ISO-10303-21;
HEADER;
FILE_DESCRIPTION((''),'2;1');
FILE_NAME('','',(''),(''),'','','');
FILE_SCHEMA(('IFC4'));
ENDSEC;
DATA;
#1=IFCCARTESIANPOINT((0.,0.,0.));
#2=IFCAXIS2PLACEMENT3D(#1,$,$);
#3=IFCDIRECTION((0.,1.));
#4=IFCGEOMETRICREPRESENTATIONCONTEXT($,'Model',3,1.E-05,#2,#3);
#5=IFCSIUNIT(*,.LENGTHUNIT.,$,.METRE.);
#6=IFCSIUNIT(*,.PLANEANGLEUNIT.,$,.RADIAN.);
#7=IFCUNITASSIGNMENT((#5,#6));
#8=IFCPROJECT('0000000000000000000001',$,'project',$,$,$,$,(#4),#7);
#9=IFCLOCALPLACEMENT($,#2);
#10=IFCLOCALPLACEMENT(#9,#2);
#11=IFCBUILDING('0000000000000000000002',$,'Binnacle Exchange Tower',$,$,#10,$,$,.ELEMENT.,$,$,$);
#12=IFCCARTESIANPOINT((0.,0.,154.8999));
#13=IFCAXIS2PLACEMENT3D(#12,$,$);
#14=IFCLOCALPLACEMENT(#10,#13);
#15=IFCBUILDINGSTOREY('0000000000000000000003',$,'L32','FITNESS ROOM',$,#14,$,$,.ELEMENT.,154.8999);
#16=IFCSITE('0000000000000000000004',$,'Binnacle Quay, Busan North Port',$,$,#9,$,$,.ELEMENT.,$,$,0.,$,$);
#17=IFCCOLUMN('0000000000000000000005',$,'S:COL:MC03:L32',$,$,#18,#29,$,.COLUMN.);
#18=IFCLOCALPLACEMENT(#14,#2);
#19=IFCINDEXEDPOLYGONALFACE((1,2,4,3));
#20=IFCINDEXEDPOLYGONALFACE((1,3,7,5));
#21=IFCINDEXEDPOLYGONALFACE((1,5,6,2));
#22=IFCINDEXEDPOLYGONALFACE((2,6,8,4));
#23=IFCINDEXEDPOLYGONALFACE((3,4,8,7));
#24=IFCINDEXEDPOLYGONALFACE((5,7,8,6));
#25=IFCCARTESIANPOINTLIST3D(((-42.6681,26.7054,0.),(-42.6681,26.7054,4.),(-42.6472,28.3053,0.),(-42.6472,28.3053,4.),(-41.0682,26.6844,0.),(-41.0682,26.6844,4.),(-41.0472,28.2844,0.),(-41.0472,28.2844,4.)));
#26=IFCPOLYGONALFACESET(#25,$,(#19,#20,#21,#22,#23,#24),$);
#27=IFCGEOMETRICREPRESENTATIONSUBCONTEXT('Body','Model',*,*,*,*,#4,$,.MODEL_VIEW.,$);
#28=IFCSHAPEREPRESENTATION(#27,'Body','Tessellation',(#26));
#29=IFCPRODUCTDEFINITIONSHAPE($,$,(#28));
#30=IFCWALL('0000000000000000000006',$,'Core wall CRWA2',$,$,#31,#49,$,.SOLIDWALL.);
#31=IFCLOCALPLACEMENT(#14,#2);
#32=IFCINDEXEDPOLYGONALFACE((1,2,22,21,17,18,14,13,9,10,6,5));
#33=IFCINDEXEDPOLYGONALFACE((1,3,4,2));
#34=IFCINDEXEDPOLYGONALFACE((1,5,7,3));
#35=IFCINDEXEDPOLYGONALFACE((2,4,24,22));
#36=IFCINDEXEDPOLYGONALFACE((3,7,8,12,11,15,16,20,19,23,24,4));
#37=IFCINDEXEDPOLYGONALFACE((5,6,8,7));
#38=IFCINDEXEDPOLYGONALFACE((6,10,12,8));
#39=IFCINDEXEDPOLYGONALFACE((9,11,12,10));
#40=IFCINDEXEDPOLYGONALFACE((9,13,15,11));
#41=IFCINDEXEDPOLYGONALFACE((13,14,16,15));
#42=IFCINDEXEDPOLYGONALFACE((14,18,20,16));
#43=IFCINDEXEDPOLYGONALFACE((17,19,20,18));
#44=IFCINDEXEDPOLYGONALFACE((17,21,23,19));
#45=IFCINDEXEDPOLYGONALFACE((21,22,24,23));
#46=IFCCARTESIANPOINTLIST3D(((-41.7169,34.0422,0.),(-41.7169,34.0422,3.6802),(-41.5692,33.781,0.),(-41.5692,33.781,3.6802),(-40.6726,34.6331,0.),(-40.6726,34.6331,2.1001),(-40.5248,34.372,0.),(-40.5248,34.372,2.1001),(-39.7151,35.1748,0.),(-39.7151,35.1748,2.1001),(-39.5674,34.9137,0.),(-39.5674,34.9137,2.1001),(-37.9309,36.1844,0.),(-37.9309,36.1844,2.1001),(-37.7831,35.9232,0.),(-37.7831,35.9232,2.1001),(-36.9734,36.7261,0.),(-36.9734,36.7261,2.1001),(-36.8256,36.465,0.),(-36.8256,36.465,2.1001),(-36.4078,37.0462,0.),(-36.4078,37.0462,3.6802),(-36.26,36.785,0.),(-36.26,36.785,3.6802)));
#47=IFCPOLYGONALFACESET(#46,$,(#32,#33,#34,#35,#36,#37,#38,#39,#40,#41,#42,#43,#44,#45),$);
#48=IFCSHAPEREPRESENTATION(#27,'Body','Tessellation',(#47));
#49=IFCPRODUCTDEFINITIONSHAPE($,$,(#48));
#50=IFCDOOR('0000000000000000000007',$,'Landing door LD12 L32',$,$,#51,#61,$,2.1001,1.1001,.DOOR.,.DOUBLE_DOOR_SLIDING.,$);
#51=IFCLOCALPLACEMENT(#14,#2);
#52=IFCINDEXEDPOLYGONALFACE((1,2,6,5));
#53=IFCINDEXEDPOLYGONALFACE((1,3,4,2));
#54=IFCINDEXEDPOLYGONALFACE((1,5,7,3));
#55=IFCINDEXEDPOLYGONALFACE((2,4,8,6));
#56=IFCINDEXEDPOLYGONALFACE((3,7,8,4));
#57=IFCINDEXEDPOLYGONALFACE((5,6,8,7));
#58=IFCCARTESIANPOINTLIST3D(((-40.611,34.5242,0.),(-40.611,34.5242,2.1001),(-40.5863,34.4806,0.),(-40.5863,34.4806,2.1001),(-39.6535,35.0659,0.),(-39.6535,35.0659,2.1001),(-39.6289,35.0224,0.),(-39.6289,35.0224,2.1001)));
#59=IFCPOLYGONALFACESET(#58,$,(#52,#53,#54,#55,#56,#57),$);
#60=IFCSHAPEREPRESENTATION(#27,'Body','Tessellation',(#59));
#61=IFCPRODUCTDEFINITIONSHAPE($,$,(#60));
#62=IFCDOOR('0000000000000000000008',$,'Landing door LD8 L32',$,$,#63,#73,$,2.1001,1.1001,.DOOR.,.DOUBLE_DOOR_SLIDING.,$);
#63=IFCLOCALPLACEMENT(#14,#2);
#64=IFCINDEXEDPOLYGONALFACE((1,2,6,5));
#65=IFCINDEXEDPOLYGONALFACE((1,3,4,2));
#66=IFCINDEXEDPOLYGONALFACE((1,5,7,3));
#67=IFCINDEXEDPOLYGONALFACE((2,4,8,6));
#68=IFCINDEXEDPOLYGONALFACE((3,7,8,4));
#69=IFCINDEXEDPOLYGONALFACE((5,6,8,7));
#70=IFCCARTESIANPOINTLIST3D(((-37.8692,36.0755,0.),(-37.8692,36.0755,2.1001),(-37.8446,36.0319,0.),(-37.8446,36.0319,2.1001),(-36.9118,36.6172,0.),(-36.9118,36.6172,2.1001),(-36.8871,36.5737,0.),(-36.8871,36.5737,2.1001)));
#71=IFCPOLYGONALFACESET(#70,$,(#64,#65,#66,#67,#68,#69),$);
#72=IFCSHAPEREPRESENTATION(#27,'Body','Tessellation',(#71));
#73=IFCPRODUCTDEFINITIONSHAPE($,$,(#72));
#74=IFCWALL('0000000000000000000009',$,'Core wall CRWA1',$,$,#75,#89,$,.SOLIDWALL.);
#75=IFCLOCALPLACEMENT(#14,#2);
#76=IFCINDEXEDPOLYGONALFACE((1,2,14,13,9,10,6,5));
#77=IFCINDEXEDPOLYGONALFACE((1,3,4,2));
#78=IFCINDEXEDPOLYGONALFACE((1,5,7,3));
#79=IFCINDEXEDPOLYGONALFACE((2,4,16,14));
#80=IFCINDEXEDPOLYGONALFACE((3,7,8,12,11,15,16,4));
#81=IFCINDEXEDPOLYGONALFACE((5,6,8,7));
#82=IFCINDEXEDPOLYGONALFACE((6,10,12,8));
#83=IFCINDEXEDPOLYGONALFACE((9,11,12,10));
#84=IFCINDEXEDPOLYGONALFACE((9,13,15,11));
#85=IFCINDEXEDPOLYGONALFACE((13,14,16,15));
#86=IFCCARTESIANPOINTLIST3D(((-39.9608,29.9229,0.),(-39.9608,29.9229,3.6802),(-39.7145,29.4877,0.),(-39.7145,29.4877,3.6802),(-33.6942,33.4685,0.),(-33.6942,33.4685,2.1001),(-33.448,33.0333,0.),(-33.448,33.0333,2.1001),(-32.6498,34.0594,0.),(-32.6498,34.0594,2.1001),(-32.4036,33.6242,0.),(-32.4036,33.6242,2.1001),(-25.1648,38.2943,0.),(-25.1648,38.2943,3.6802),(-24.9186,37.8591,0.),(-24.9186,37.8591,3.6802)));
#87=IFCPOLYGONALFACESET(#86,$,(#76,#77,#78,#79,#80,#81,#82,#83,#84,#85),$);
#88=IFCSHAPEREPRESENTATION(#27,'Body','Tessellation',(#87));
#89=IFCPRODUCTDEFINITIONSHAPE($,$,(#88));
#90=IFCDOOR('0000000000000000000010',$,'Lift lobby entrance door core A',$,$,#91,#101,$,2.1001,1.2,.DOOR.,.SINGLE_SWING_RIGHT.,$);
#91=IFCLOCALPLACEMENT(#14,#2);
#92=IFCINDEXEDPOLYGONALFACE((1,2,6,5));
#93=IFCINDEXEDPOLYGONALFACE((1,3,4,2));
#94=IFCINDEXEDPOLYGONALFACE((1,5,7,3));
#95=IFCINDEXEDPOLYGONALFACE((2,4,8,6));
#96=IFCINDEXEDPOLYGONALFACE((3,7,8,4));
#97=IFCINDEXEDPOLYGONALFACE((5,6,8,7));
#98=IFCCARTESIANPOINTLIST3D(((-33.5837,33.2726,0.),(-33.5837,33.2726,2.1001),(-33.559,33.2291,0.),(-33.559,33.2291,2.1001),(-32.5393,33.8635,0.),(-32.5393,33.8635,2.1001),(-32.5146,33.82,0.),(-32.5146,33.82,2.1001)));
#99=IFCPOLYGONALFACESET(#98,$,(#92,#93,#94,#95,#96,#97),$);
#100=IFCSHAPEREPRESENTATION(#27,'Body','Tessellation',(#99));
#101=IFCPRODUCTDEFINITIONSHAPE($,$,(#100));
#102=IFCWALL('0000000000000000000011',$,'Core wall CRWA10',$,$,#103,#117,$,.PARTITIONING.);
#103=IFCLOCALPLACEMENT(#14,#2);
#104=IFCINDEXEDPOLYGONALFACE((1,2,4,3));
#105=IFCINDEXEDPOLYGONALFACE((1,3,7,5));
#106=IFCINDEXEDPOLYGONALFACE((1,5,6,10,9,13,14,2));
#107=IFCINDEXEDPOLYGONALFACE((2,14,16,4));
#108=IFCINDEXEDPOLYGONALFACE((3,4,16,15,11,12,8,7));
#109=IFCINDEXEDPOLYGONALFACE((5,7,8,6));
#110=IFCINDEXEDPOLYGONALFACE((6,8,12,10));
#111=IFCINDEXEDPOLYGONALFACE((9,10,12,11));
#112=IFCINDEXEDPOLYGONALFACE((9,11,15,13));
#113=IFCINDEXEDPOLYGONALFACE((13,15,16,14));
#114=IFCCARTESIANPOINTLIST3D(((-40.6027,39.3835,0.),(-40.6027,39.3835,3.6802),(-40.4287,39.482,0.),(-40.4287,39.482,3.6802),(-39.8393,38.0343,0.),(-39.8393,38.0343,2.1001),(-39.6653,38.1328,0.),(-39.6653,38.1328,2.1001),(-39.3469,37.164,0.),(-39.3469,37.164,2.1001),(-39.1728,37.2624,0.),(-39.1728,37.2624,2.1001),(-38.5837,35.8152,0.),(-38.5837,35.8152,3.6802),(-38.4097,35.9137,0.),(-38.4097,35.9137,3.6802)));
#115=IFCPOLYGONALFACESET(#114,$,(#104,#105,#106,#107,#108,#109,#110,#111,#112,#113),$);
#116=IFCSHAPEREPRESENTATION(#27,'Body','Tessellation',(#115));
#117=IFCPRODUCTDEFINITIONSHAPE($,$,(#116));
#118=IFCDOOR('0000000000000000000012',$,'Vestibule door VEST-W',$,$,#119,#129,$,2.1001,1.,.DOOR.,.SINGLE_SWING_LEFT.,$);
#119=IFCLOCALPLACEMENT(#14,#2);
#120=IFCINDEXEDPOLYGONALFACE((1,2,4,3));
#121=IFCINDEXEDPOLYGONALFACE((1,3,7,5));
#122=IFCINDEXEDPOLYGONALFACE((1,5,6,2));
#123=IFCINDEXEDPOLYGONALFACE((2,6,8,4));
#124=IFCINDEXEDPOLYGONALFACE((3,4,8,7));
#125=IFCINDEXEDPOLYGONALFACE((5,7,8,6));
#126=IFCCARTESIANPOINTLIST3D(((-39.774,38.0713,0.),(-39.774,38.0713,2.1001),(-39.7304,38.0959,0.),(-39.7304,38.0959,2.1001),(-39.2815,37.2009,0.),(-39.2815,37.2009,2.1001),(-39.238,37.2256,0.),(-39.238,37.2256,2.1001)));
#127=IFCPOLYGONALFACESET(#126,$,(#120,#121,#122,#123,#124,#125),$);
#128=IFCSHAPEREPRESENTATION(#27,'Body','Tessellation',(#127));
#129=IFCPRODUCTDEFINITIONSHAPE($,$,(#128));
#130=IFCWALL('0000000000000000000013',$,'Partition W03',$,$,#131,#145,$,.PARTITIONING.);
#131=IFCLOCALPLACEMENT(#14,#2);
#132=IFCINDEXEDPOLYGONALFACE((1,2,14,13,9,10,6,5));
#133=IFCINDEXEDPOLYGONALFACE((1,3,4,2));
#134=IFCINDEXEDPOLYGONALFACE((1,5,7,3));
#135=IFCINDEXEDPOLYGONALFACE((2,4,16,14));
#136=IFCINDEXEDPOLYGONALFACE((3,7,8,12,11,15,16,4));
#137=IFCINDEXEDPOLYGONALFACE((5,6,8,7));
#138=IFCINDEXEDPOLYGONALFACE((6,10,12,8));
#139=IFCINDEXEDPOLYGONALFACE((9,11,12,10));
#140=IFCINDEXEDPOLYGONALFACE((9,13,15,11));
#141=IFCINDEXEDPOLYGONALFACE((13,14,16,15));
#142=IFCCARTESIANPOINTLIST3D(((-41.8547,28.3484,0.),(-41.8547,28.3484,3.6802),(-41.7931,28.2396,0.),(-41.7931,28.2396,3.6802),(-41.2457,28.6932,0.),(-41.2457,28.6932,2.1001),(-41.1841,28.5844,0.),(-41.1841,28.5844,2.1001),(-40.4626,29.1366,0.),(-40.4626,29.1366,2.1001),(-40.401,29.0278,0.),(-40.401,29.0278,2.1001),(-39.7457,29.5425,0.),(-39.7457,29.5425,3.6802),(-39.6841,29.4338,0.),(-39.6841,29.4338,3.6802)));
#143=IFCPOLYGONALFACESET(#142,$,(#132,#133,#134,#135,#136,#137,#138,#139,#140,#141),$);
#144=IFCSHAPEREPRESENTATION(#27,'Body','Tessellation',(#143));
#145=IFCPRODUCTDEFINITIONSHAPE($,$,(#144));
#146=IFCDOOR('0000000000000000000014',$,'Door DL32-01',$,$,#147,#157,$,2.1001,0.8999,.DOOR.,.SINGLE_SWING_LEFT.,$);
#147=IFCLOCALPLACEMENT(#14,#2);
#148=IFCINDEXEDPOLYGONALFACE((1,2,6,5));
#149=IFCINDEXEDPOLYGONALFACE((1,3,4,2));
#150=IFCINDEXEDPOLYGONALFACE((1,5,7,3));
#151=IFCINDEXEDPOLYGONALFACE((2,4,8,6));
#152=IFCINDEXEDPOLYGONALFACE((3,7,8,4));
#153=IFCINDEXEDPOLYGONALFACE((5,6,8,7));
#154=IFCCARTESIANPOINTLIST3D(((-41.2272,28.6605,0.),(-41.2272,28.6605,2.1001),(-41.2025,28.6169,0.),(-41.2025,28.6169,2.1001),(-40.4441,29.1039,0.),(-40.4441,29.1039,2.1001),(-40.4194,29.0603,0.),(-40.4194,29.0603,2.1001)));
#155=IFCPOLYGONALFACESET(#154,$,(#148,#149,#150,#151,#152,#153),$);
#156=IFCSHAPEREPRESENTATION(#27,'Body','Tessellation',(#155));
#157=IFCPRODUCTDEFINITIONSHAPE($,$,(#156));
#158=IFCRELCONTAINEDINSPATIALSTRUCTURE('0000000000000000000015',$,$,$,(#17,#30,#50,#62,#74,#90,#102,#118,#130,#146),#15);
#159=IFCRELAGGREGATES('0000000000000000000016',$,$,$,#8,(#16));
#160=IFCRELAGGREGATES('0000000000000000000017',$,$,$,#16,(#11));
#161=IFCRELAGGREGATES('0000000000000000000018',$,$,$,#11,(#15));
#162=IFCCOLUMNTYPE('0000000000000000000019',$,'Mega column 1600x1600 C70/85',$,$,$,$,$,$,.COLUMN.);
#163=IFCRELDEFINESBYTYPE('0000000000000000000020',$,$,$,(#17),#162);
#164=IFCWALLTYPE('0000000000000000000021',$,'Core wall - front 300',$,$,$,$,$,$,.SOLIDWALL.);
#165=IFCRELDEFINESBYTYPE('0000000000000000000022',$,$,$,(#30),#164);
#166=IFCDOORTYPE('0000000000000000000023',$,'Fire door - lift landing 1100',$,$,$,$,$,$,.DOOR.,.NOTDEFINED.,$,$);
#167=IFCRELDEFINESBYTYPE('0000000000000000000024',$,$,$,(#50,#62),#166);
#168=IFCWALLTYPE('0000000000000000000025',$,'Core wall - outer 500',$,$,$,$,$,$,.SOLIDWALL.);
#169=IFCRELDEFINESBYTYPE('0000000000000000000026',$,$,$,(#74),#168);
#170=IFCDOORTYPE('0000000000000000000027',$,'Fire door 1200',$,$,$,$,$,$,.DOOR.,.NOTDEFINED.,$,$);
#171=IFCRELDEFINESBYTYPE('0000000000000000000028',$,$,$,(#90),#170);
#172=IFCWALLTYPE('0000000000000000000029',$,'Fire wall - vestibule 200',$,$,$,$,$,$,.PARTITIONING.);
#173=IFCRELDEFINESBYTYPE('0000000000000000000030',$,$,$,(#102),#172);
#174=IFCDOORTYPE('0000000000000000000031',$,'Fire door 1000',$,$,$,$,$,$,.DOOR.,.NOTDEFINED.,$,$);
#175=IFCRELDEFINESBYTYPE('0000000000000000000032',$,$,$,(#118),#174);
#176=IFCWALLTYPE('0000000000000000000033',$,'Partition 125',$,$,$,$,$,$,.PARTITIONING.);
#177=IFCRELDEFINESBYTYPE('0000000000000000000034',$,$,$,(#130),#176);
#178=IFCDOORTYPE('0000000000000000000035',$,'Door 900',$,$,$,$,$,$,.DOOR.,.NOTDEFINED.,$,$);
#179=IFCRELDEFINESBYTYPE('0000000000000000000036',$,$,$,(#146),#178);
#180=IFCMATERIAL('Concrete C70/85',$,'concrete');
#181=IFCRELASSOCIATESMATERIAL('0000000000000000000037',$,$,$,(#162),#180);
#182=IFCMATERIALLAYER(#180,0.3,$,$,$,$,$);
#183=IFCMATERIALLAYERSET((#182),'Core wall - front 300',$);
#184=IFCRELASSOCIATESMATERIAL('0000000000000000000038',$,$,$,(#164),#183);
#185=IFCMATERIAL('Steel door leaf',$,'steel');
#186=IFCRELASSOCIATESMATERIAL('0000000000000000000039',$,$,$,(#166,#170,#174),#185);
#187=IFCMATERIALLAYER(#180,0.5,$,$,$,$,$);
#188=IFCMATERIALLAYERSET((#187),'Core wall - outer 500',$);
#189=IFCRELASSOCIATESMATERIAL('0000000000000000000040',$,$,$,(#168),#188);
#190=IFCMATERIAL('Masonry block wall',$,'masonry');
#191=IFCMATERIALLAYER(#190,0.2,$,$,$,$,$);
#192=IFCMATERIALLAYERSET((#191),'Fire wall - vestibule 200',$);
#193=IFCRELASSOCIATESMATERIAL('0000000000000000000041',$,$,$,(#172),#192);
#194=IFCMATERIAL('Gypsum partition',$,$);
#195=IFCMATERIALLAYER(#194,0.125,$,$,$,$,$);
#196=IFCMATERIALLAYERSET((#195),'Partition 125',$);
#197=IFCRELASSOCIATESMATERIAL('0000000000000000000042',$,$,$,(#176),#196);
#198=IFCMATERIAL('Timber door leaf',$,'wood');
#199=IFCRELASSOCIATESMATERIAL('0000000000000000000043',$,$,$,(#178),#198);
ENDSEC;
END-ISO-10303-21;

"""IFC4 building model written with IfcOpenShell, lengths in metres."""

from ifc_helpers import new_model, si_unit, direction, frame, frame_2d, origin, origin_2d, place, context, subcontext, project, spatial, rectangle, extrude, material, layer, layer_set, material_profile, profile_set, type_object, element, fill, save


model = new_model("IFC4")

# Units and contexts
model_context = context("Model", 3, precision=1e-05, world=origin(), true_north=direction((0.0, 1.0)))
body_context = subcontext(model_context, "Body", "Model", "MODEL_VIEW")
ifc_project = project(units=[si_unit("LENGTHUNIT", "METRE"), si_unit("PLANEANGLEUNIT", "RADIAN")], contexts=[model_context])

# Site, building, storey
site_placement = place(None, origin())
site = spatial("IfcSite", under=ifc_project, at=site_placement, Name="Binnacle Quay, Busan North Port", CompositionType="ELEMENT", RefElevation=0.0)
building_placement = place(site_placement, origin())
building = spatial("IfcBuilding", under=site, at=building_placement, Name="Binnacle Exchange Tower", CompositionType="ELEMENT")
storey_placement = place(building_placement, frame((0.0, 0.0, 154.8999)))
storey = spatial("IfcBuildingStorey", under=building, at=storey_placement, Name="L32", Description="FITNESS ROOM", CompositionType="ELEMENT", Elevation=154.8999)

# Column
ifc_material_1 = material(Name="Concrete C70/85", Category="concrete")
ifc_material_profile = material_profile(ifc_material_1, rectangle(XDim=1.6001, YDim=1.6001, at=origin_2d()), Name="Mega column 1600x1600 C70/85")
ifc_profile_set = profile_set([ifc_material_profile], Name="Concrete C70/85")
column_type = type_object("IfcColumnType", Name="Mega column 1600x1600 C70/85", PredefinedType="COLUMN", material=ifc_profile_set)
column_placement = place(storey_placement, frame((-41.8577, 27.4949, 0.0), z_axis=(0.0, 0.0, 1.0), x_axis=(0.999914, -0.01309, 0.0)))
element("IfcColumn", 1, at=column_placement, inside=storey, type_object=column_type, Name="S:COL:MC03:L32", PredefinedType="COLUMN", context=body_context, shape_type="SweptSolid", body=[
    extrude(rectangle(XDim=1.6001, YDim=1.6001, at=origin_2d()), origin(), (0.0, 0.0, 1.0), 4.0),
])

# Wall, openings, doors
ifc_layer_1 = layer(ifc_material_1, 0.3)
ifc_layer_set_1 = layer_set([ifc_layer_1], Name="Core wall - front 300")
wall_type_1 = type_object("IfcWallType", Name="Core wall - front 300", PredefinedType="SOLIDWALL", material=ifc_layer_set_1)
wall_1_placement = place(storey_placement, frame((-41.6431, 33.9116, 0.0), z_axis=(0.0, 0.0, 1.0), x_axis=(0.870344, 0.492445, 0.0)))
wall_1 = element("IfcWall", 2, at=wall_1_placement, inside=storey, type_object=wall_type_1, Name="Core wall CRWA2", PredefinedType="SOLIDWALL", context=body_context, shape_type="SweptSolid", body=[
    extrude(rectangle(XDim=6.1001, YDim=0.3, at=frame_2d((3.05, 0.0))), origin(), (0.0, 0.0, 1.0), 3.6802),
])
opening_1_placement = place(wall_1_placement, frame((1.2, 0.0, 0.0)))
opening_1 = element("IfcOpeningElement", 3, at=opening_1_placement, cuts=wall_1, PredefinedType="OPENING", context=body_context, shape_type="SweptSolid", body=[
    extrude(rectangle(XDim=1.1001, YDim=2.1001, at=frame_2d((0.55, 1.05))), frame((0.0, 0.1599, 0.0), z_axis=(0.0, -1.0, 0.0), x_axis=(1.0, 0.0, 0.0)), (0.0, 0.0, 1.0), 0.3201),
])
opening_2_placement = place(wall_1_placement, frame((4.3501, 0.0, 0.0)))
opening_2 = element("IfcOpeningElement", 4, at=opening_2_placement, cuts=wall_1, PredefinedType="OPENING", context=body_context, shape_type="SweptSolid", body=[
    extrude(rectangle(XDim=1.1001, YDim=2.1001, at=frame_2d((0.55, 1.05))), frame((0.0, 0.1599, 0.0), z_axis=(0.0, -1.0, 0.0), x_axis=(1.0, 0.0, 0.0)), (0.0, 0.0, 1.0), 0.3201),
])
ifc_material_2 = material(Name="Steel door leaf", Category="steel")
door_type_1 = type_object("IfcDoorType", Name="Fire door - lift landing 1100", OperationType="NOTDEFINED", PredefinedType="DOOR", material=ifc_material_2)
door_1_placement = place(opening_1_placement, origin())
door_1 = element("IfcDoor", 5, at=door_1_placement, inside=storey, type_object=door_type_1, Name="Landing door LD12 L32", OperationType="DOUBLE_DOOR_SLIDING", OverallHeight=2.1001, OverallWidth=1.1001, PredefinedType="DOOR", context=body_context, shape_type="SweptSolid", body=[
    extrude(rectangle(XDim=1.1001, YDim=2.1001, at=frame_2d((0.55, 1.05))), frame((0.0, 0.0249, 0.0), z_axis=(0.0, -1.0, 0.0), x_axis=(1.0, 0.0, 0.0)), (0.0, 0.0, 1.0), 0.05),
])
fill(opening_1, door_1)
door_2_placement = place(opening_2_placement, origin())
door_2 = element("IfcDoor", 6, at=door_2_placement, inside=storey, type_object=door_type_1, Name="Landing door LD8 L32", OperationType="DOUBLE_DOOR_SLIDING", OverallHeight=2.1001, OverallWidth=1.1001, PredefinedType="DOOR", context=body_context, shape_type="SweptSolid", body=[
    extrude(rectangle(XDim=1.1001, YDim=2.1001, at=frame_2d((0.55, 1.05))), frame((0.0, 0.0249, 0.0), z_axis=(0.0, -1.0, 0.0), x_axis=(1.0, 0.0, 0.0)), (0.0, 0.0, 1.0), 0.05),
])
fill(opening_2, door_2)

# Walls, openings, doors
ifc_layer_2 = layer(ifc_material_1, 0.5)
ifc_layer_set_2 = layer_set([ifc_layer_2], Name="Core wall - outer 500")
wall_type_2 = type_object("IfcWallType", Name="Core wall - outer 500", PredefinedType="SOLIDWALL", material=ifc_layer_set_2)
wall_2_placement = place(storey_placement, frame((-39.8376, 29.7053, 0.0), z_axis=(0.0, 0.0, 1.0), x_axis=(0.87035, 0.492433, 0.0)))
wall_2 = element("IfcWall", 7, at=wall_2_placement, inside=storey, type_object=wall_type_2, Name="Core wall CRWA1", PredefinedType="SOLIDWALL", context=body_context, shape_type="SweptSolid", body=[
    extrude(rectangle(XDim=17.0, YDim=0.5, at=frame_2d((8.5, 0.0))), origin(), (0.0, 0.0, 1.0), 3.6802),
])
opening_3_placement = place(wall_2_placement, frame((7.2, 0.0, 0.0)))
opening_3 = element("IfcOpeningElement", 8, at=opening_3_placement, cuts=wall_2, PredefinedType="OPENING", context=body_context, shape_type="SweptSolid", body=[
    extrude(rectangle(XDim=1.2, YDim=2.1001, at=frame_2d((0.6001, 1.05))), frame((0.0, 0.26, 0.0), z_axis=(0.0, -1.0, 0.0), x_axis=(1.0, 0.0, 0.0)), (0.0, 0.0, 1.0), 0.52),
])
door_type_2 = type_object("IfcDoorType", Name="Fire door 1200", OperationType="NOTDEFINED", PredefinedType="DOOR", material=ifc_material_2)
door_3_placement = place(opening_3_placement, frame((1.2, 0.0, 0.0), z_axis=(0.0, 0.0, 1.0), x_axis=(-1.0, 0.0, 0.0)))
door_3 = element("IfcDoor", 9, at=door_3_placement, inside=storey, type_object=door_type_2, Name="Lift lobby entrance door core A", OperationType="SINGLE_SWING_RIGHT", OverallHeight=2.1001, OverallWidth=1.2, PredefinedType="DOOR", context=body_context, shape_type="SweptSolid", body=[
    extrude(rectangle(XDim=1.2, YDim=2.1001, at=frame_2d((0.6001, 1.05))), frame((0.0, 0.0249, 0.0), z_axis=(0.0, -1.0, 0.0), x_axis=(1.0, 0.0, 0.0)), (0.0, 0.0, 1.0), 0.05),
])
fill(opening_3, door_3)
ifc_material_3 = material(Name="Masonry block wall", Category="masonry")
ifc_layer_3 = layer(ifc_material_3, 0.2)
ifc_layer_set_3 = layer_set([ifc_layer_3], Name="Fire wall - vestibule 200")
wall_type_3 = type_object("IfcWallType", Name="Fire wall - vestibule 200", PredefinedType="PARTITIONING", material=ifc_layer_set_3)
wall_3_placement = place(storey_placement, frame((-40.5156, 39.4326, 0.0), z_axis=(0.0, 0.0, 1.0), x_axis=(0.492454, -0.870339, 0.0)))
wall_3 = element("IfcWall", 10, at=wall_3_placement, inside=storey, type_object=wall_type_3, Name="Core wall CRWA10", PredefinedType="PARTITIONING", context=body_context, shape_type="SweptSolid", body=[
    extrude(rectangle(XDim=4.0999, YDim=0.2, at=frame_2d((2.0498, 0.0))), origin(), (0.0, 0.0, 1.0), 3.6802),
])
opening_4_placement = place(wall_3_placement, frame((1.55, 0.0, 0.0)))
opening_4 = element("IfcOpeningElement", 11, at=opening_4_placement, cuts=wall_3, PredefinedType="OPENING", context=body_context, shape_type="SweptSolid", body=[
    extrude(rectangle(XDim=1.0, YDim=2.1001, at=frame_2d((0.5, 1.05))), frame((0.0, 0.1099, 0.0), z_axis=(0.0, -1.0, 0.0), x_axis=(1.0, 0.0, 0.0)), (0.0, 0.0, 1.0), 0.22),
])
door_type_3 = type_object("IfcDoorType", Name="Fire door 1000", OperationType="NOTDEFINED", PredefinedType="DOOR", material=ifc_material_2)
door_4_placement = place(opening_4_placement, frame((1.0, 0.0, 0.0), z_axis=(0.0, 0.0, 1.0), x_axis=(-1.0, 0.0, 0.0)))
door_4 = element("IfcDoor", 12, at=door_4_placement, inside=storey, type_object=door_type_3, Name="Vestibule door VEST-W", OperationType="SINGLE_SWING_LEFT", OverallHeight=2.1001, OverallWidth=1.0, PredefinedType="DOOR", context=body_context, shape_type="SweptSolid", body=[
    extrude(rectangle(XDim=1.0, YDim=2.1001, at=frame_2d((0.5, 1.05))), frame((0.0, 0.0249, 0.0), z_axis=(0.0, -1.0, 0.0), x_axis=(1.0, 0.0, 0.0)), (0.0, 0.0, 1.0), 0.05),
])
fill(opening_4, door_4)
ifc_material_4 = material(Name="Gypsum partition")
ifc_layer_4 = layer(ifc_material_4, 0.125)
ifc_layer_set_4 = layer_set([ifc_layer_4], Name="Partition 125")
wall_type_4 = type_object("IfcWallType", Name="Partition 125", PredefinedType="PARTITIONING", material=ifc_layer_set_4)
wall_4_placement = place(storey_placement, frame((-41.824, 28.2939, 0.0), z_axis=(0.0, 0.0, 1.0), x_axis=(0.870189, 0.492718, 0.0)))
wall_4 = element("IfcWall", 13, at=wall_4_placement, inside=storey, type_object=wall_type_4, Name="Partition W03", PredefinedType="PARTITIONING", context=body_context, shape_type="SweptSolid", body=[
    extrude(rectangle(XDim=2.4236, YDim=0.125, at=frame_2d((1.2119, 0.0))), origin(), (0.0, 0.0, 1.0), 3.6802),
])
opening_5_placement = place(wall_4_placement, frame((0.7, 0.0, 0.0)))
opening_5 = element("IfcOpeningElement", 14, at=opening_5_placement, cuts=wall_4, PredefinedType="OPENING", context=body_context, shape_type="SweptSolid", body=[
    extrude(rectangle(XDim=0.8999, YDim=2.1001, at=frame_2d((0.45, 1.05))), frame((0.0, 0.0725, 0.0), z_axis=(0.0, -1.0, 0.0), x_axis=(1.0, 0.0, 0.0)), (0.0, 0.0, 1.0), 0.145),
])
ifc_material_5 = material(Name="Timber door leaf", Category="wood")
door_type_4 = type_object("IfcDoorType", Name="Door 900", OperationType="NOTDEFINED", PredefinedType="DOOR", material=ifc_material_5)
door_5_placement = place(opening_5_placement, origin())
door_5 = element("IfcDoor", 15, at=door_5_placement, inside=storey, type_object=door_type_4, Name="Door DL32-01", OperationType="SINGLE_SWING_LEFT", OverallHeight=2.1001, OverallWidth=0.8999, PredefinedType="DOOR", context=body_context, shape_type="SweptSolid", body=[
    extrude(rectangle(XDim=0.8999, YDim=2.1001, at=frame_2d((0.45, 1.05))), frame((0.0, 0.0249, 0.0), z_axis=(0.0, -1.0, 0.0), x_axis=(1.0, 0.0, 0.0)), (0.0, 0.0, 1.0), 0.05),
])
fill(opening_5, door_5)

save(model, "model.ifc")
